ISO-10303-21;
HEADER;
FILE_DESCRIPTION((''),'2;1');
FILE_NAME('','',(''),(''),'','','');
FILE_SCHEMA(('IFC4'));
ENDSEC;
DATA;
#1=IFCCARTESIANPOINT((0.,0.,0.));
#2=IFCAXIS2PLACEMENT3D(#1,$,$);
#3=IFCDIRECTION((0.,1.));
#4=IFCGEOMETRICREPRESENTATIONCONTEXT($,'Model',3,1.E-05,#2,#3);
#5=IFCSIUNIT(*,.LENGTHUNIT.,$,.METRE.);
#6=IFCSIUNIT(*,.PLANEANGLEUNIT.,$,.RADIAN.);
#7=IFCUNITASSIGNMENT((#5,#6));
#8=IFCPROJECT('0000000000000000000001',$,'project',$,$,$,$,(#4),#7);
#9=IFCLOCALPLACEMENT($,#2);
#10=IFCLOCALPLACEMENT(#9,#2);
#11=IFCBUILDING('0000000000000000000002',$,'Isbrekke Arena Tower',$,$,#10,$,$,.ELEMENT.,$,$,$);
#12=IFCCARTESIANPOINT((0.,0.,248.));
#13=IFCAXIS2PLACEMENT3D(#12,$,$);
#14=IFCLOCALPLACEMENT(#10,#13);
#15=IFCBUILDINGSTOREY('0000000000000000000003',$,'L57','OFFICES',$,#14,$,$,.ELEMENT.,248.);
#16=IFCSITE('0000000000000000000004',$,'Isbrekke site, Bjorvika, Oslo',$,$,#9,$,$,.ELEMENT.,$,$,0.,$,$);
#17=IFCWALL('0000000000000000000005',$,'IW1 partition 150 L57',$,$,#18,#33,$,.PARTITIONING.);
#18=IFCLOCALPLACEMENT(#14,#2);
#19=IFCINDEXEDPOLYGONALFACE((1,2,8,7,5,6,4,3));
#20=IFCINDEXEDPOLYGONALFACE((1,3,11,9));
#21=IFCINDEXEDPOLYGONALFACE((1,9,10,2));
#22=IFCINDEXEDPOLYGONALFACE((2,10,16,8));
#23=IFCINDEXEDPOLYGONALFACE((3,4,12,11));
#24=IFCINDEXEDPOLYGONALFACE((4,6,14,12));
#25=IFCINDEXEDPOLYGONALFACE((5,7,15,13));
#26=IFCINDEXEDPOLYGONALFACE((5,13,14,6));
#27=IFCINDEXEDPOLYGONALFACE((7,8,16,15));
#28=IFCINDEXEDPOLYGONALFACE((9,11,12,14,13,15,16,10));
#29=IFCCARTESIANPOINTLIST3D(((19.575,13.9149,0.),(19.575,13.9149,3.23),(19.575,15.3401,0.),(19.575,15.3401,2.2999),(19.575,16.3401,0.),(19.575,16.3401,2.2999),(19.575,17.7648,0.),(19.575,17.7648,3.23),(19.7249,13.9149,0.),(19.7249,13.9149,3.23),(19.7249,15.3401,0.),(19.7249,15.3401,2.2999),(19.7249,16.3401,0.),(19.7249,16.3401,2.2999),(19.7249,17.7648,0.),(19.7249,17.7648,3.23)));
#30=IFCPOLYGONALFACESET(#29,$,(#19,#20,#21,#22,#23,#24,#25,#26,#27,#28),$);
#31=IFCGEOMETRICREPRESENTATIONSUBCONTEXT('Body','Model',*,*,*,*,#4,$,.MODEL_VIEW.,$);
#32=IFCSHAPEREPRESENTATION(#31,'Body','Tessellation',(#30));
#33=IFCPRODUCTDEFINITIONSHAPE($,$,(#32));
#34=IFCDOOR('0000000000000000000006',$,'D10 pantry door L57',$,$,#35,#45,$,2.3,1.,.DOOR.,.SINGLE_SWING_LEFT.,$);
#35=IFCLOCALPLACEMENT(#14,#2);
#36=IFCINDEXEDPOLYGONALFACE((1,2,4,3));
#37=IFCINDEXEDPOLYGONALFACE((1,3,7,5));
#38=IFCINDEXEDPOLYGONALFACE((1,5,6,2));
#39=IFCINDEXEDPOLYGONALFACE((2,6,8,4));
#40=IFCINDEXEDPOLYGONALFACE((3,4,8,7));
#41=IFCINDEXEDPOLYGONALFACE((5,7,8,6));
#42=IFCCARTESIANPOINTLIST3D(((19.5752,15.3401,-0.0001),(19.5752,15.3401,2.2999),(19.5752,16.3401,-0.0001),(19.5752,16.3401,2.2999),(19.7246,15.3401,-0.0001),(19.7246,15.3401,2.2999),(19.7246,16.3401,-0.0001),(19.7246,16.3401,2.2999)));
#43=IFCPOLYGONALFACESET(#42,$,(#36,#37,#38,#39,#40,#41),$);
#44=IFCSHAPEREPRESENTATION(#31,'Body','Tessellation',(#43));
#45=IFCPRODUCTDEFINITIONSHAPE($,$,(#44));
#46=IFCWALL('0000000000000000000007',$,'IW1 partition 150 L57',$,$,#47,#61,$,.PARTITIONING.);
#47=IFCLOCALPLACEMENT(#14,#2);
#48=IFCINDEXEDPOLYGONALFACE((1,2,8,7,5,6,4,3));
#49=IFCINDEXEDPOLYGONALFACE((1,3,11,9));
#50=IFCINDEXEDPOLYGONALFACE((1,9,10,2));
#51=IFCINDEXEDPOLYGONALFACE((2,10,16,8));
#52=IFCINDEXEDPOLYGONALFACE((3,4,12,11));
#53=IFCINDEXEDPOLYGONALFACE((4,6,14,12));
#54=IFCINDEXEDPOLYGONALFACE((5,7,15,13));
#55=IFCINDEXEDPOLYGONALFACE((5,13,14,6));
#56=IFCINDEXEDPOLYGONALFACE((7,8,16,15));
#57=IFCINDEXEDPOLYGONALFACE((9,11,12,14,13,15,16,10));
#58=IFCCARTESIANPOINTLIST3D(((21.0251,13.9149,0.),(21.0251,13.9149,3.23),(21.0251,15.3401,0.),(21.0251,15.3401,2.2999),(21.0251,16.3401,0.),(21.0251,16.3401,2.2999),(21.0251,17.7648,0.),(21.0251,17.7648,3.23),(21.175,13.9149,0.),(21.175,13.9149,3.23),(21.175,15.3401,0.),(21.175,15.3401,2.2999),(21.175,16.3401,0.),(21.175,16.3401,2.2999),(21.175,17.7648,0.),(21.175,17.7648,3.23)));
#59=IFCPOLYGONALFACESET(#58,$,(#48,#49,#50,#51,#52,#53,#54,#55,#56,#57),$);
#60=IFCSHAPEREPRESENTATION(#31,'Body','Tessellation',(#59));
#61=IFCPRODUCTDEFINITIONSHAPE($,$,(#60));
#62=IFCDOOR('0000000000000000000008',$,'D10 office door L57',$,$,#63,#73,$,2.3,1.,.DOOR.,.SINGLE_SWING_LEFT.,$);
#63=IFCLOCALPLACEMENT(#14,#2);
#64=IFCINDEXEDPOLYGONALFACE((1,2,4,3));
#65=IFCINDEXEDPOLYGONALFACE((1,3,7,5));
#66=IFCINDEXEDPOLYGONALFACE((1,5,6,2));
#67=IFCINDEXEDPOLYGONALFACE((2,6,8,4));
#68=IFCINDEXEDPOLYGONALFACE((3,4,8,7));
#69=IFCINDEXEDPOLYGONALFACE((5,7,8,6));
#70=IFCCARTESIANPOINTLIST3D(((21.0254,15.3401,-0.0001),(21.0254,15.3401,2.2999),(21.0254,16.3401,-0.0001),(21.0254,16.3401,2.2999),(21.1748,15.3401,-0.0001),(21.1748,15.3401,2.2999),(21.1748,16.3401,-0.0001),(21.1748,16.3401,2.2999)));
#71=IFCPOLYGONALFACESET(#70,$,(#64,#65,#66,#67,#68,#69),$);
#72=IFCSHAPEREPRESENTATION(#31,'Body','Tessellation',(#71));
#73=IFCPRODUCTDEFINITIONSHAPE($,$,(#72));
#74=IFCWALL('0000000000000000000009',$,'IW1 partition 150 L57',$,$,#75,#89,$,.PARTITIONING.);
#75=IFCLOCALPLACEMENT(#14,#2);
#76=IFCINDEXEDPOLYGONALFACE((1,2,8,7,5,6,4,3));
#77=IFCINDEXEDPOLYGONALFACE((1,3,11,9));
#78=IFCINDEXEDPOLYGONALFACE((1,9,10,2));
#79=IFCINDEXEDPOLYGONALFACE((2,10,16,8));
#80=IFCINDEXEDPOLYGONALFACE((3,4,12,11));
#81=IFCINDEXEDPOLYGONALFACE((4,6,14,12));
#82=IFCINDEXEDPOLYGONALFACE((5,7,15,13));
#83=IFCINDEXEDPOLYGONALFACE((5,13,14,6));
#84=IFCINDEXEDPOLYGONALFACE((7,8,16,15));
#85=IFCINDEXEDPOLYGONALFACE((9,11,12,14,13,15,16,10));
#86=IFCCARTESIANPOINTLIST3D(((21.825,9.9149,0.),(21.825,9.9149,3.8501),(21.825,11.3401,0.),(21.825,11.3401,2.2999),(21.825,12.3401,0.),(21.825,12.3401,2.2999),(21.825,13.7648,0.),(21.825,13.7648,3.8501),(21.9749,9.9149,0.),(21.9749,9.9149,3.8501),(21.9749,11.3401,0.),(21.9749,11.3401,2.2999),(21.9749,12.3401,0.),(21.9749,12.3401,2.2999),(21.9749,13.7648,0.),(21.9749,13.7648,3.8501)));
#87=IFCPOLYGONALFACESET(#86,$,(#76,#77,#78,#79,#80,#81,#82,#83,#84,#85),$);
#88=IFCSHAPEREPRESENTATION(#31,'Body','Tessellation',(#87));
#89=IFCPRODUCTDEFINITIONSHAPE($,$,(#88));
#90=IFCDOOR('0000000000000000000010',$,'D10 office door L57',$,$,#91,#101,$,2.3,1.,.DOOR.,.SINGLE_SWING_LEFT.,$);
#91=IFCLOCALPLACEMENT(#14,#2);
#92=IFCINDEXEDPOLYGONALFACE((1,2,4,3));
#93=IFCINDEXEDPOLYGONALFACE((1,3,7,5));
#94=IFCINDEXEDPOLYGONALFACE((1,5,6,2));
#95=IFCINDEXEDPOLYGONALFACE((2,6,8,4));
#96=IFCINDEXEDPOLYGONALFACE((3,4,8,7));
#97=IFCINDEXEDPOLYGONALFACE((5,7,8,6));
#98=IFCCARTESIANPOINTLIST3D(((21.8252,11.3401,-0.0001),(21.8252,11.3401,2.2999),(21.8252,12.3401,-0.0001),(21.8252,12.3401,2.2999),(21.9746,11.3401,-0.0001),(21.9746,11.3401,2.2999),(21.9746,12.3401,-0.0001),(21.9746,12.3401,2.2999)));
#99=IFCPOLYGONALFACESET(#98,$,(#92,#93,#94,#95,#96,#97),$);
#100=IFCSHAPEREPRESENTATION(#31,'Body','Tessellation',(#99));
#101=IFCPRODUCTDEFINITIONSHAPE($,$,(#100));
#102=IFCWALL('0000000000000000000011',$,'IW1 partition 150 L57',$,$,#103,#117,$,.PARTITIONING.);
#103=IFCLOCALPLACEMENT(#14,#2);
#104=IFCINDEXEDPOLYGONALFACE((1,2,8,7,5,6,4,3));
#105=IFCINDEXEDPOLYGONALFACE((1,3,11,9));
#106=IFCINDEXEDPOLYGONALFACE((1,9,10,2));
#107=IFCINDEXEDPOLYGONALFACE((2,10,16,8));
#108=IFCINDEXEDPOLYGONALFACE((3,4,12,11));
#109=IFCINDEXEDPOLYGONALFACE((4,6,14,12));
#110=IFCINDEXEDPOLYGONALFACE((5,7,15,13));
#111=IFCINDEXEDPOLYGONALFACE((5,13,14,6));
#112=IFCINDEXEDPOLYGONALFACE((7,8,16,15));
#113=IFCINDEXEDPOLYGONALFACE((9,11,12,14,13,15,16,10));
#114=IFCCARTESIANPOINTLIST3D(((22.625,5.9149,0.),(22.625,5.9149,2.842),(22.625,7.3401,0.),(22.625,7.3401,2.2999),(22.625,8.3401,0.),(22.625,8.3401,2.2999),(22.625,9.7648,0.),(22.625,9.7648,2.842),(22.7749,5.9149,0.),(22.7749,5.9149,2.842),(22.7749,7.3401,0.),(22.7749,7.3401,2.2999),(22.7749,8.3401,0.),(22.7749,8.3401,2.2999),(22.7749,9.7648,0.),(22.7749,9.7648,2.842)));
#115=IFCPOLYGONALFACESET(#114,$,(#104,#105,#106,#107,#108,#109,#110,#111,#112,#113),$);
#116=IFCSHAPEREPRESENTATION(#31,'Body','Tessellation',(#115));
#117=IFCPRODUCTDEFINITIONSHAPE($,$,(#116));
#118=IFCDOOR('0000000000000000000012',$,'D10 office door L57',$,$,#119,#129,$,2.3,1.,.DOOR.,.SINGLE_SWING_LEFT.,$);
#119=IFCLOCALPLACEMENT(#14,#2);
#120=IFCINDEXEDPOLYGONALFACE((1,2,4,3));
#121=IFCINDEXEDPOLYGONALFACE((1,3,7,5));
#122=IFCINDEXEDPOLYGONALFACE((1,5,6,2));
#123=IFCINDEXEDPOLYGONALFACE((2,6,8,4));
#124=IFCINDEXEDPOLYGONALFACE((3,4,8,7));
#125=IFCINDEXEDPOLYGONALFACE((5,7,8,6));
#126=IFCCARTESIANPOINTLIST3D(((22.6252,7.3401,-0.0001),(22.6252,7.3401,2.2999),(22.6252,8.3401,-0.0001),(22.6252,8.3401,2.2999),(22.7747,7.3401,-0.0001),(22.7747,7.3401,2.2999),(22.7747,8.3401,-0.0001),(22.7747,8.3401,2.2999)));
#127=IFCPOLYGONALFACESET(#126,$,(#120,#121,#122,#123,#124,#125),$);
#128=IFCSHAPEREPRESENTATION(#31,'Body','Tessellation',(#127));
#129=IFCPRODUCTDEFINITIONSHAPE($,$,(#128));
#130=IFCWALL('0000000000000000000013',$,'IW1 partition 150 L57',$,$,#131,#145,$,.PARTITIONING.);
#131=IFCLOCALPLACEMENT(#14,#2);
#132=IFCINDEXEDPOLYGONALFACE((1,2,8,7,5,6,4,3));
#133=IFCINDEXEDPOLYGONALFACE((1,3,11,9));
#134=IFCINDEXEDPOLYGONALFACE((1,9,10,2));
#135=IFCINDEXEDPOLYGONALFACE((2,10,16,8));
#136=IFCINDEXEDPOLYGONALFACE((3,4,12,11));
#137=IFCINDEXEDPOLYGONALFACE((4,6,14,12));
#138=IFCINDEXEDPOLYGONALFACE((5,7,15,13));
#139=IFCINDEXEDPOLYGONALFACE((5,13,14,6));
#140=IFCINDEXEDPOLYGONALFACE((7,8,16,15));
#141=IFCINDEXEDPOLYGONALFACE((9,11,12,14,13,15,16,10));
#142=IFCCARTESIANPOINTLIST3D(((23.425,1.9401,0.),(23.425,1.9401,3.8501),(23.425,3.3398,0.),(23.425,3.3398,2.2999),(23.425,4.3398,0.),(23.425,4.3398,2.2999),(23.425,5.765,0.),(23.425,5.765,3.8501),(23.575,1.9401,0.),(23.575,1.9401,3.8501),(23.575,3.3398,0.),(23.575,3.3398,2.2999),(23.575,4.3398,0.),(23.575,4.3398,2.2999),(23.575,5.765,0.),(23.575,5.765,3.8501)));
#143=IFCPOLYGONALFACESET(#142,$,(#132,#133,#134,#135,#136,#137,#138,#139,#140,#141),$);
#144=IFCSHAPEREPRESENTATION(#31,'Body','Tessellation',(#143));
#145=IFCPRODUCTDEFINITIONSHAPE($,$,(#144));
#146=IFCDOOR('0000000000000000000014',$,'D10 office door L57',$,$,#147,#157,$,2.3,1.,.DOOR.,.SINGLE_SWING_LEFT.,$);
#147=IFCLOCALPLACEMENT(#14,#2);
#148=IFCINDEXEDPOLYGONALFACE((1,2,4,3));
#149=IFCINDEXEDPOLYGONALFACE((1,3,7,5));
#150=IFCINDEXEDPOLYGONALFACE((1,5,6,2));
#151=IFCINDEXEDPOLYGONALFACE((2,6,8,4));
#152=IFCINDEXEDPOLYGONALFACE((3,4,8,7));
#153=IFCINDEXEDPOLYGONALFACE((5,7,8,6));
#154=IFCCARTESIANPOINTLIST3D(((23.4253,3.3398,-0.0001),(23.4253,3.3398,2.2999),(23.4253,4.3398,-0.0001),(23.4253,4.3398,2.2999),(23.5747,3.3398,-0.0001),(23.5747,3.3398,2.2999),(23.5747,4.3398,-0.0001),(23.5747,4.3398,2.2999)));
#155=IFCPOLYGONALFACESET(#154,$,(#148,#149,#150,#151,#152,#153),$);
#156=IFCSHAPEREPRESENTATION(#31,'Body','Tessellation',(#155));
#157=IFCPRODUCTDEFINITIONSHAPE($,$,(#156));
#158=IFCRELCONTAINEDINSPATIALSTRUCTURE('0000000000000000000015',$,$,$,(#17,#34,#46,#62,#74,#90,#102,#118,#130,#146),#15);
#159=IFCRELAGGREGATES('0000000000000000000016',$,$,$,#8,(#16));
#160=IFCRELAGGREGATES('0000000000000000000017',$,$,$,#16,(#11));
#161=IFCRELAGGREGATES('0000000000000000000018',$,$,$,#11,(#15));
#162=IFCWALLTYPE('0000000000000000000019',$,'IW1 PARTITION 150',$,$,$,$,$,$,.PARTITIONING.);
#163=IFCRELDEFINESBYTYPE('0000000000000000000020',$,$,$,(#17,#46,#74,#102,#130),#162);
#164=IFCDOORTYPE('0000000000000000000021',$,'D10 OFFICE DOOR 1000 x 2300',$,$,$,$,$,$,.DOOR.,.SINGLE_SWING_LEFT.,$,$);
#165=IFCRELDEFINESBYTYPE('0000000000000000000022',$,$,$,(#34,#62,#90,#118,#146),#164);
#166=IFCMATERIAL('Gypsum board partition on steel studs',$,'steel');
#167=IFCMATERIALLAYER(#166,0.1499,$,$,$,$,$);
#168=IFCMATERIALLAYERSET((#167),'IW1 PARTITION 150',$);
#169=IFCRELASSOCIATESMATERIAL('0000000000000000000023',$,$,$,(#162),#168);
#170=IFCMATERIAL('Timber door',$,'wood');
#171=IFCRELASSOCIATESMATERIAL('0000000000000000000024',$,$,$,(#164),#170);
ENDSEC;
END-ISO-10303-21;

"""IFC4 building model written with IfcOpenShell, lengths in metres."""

from ifc_helpers import new_model, si_unit, direction, frame, frame_2d, origin, place, context, subcontext, project, spatial, rectangle, extrude, material, layer, layer_set, type_object, element, fill, save


model = new_model("IFC4")

# Units and contexts
model_context = context("Model", 3, precision=1e-05, world=origin(), true_north=direction((0.0, 1.0)))
body_context = subcontext(model_context, "Body", "Model", "MODEL_VIEW")
ifc_project = project(units=[si_unit("LENGTHUNIT", "METRE"), si_unit("PLANEANGLEUNIT", "RADIAN")], contexts=[model_context])

# Site, building, storey
site_placement = place(None, origin())
site = spatial("IfcSite", under=ifc_project, at=site_placement, Name="Isbrekke site, Bjorvika, Oslo", CompositionType="ELEMENT", RefElevation=0.0)
building_placement = place(site_placement, origin())
building = spatial("IfcBuilding", under=site, at=building_placement, Name="Isbrekke Arena Tower", CompositionType="ELEMENT")
storey_placement = place(building_placement, frame((0.0, 0.0, 248.0)))
storey = spatial("IfcBuildingStorey", under=building, at=storey_placement, Name="L57", Description="OFFICES", CompositionType="ELEMENT", Elevation=248.0)

# Shared definitions
ifc_material_1 = material(Name="Gypsum board partition on steel studs", Category="steel")
ifc_layer_1 = layer(ifc_material_1, 0.1499)
ifc_layer_set_1 = layer_set([ifc_layer_1], Name="IW1 PARTITION 150")
wall_type = type_object("IfcWallType", Name="IW1 PARTITION 150", PredefinedType="PARTITIONING", material=ifc_layer_set_1)

# Walls, openings, doors
wall_1_placement = place(storey_placement, frame((19.6499, 13.915, 0.0), z_axis=(0.0, 0.0, 1.0), x_axis=(0.0, 1.0, 0.0)))
wall_1 = element("IfcWall", 1, at=wall_1_placement, inside=storey, type_object=wall_type, Name="IW1 partition 150 L57", PredefinedType="PARTITIONING", context=body_context, shape_type="SweptSolid", body=[
    extrude(rectangle(XDim=3.8499, YDim=0.1499, at=frame_2d((1.9248, 0.0))), origin(), (0.0, 0.0, 1.0), 3.23),
])
opening_1_placement = place(wall_1_placement, frame((1.425, 0.0, 0.0)))
opening_1 = element("IfcOpeningElement", 2, at=opening_1_placement, cuts=wall_1, PredefinedType="OPENING", context=body_context, shape_type="SweptSolid", body=[
    extrude(rectangle(XDim=1.0, YDim=2.3, at=frame_2d((0.5, 1.1499))), frame((0.0, 0.0898, 0.0), z_axis=(0.0, -1.0, 0.0), x_axis=(1.0, 0.0, 0.0)), (0.0, 0.0, 1.0), 0.1797),
])
ifc_material_2 = material(Name="Timber door", Category="wood")
door_type = type_object("IfcDoorType", Name="D10 OFFICE DOOR 1000 x 2300", OperationType="SINGLE_SWING_LEFT", PredefinedType="DOOR", material=ifc_material_2)
door_1_placement = place(opening_1_placement, origin())
door_1 = element("IfcDoor", 3, at=door_1_placement, inside=storey, type_object=door_type, Name="D10 pantry door L57", OperationType="SINGLE_SWING_LEFT", OverallHeight=2.3, OverallWidth=1.0, PredefinedType="DOOR", context=body_context, shape_type="SweptSolid", body=[
    extrude(rectangle(XDim=1.0, YDim=2.3, at=frame_2d((0.5, 1.1499))), frame((0.0, 0.0747, 0.0), z_axis=(0.0, -1.0, 0.0), x_axis=(1.0, 0.0, 0.0)), (0.0, 0.0, 1.0), 0.1494),
])
fill(opening_1, door_1)
wall_2_placement = place(storey_placement, frame((21.1001, 13.915, 0.0), z_axis=(0.0, 0.0, 1.0), x_axis=(0.0, 1.0, 0.0)))
wall_2 = element("IfcWall", 4, at=wall_2_placement, inside=storey, type_object=wall_type, Name="IW1 partition 150 L57", PredefinedType="PARTITIONING", context=body_context, shape_type="SweptSolid", body=[
    extrude(rectangle(XDim=3.8499, YDim=0.1499, at=frame_2d((1.9248, 0.0))), origin(), (0.0, 0.0, 1.0), 3.23),
])
opening_2_placement = place(wall_2_placement, frame((1.425, 0.0, 0.0)))
opening_2 = element("IfcOpeningElement", 5, at=opening_2_placement, cuts=wall_2, PredefinedType="OPENING", context=body_context, shape_type="SweptSolid", body=[
    extrude(rectangle(XDim=1.0, YDim=2.3, at=frame_2d((0.5, 1.1499))), frame((0.0, 0.0898, 0.0), z_axis=(0.0, -1.0, 0.0), x_axis=(1.0, 0.0, 0.0)), (0.0, 0.0, 1.0), 0.1797),
])
door_2_placement = place(opening_2_placement, origin())
door_2 = element("IfcDoor", 6, at=door_2_placement, inside=storey, type_object=door_type, Name="D10 office door L57", OperationType="SINGLE_SWING_LEFT", OverallHeight=2.3, OverallWidth=1.0, PredefinedType="DOOR", context=body_context, shape_type="SweptSolid", body=[
    extrude(rectangle(XDim=1.0, YDim=2.3, at=frame_2d((0.5, 1.1499))), frame((0.0, 0.0747, 0.0), z_axis=(0.0, -1.0, 0.0), x_axis=(1.0, 0.0, 0.0)), (0.0, 0.0, 1.0), 0.1494),
])
fill(opening_2, door_2)
wall_3_placement = place(storey_placement, frame((21.8999, 9.915, 0.0), z_axis=(0.0, 0.0, 1.0), x_axis=(0.0, 1.0, 0.0)))
wall_3 = element("IfcWall", 7, at=wall_3_placement, inside=storey, type_object=wall_type, Name="IW1 partition 150 L57", PredefinedType="PARTITIONING", context=body_context, shape_type="SweptSolid", body=[
    extrude(rectangle(XDim=3.8499, YDim=0.1499, at=frame_2d((1.9248, 0.0))), origin(), (0.0, 0.0, 1.0), 3.8501),
])
opening_3_placement = place(wall_3_placement, frame((1.425, 0.0, 0.0)))
opening_3 = element("IfcOpeningElement", 8, at=opening_3_placement, cuts=wall_3, PredefinedType="OPENING", context=body_context, shape_type="SweptSolid", body=[
    extrude(rectangle(XDim=1.0, YDim=2.3, at=frame_2d((0.5, 1.1499))), frame((0.0, 0.0898, 0.0), z_axis=(0.0, -1.0, 0.0), x_axis=(1.0, 0.0, 0.0)), (0.0, 0.0, 1.0), 0.1797),
])
door_3_placement = place(opening_3_placement, origin())
door_3 = element("IfcDoor", 9, at=door_3_placement, inside=storey, type_object=door_type, Name="D10 office door L57", OperationType="SINGLE_SWING_LEFT", OverallHeight=2.3, OverallWidth=1.0, PredefinedType="DOOR", context=body_context, shape_type="SweptSolid", body=[
    extrude(rectangle(XDim=1.0, YDim=2.3, at=frame_2d((0.5, 1.1499))), frame((0.0, 0.0747, 0.0), z_axis=(0.0, -1.0, 0.0), x_axis=(1.0, 0.0, 0.0)), (0.0, 0.0, 1.0), 0.1494),
])
fill(opening_3, door_3)
wall_4_placement = place(storey_placement, frame((22.7, 5.915, 0.0), z_axis=(0.0, 0.0, 1.0), x_axis=(0.0, 1.0, 0.0)))
wall_4 = element("IfcWall", 10, at=wall_4_placement, inside=storey, type_object=wall_type, Name="IW1 partition 150 L57", PredefinedType="PARTITIONING", context=body_context, shape_type="SweptSolid", body=[
    extrude(rectangle(XDim=3.8499, YDim=0.1499, at=frame_2d((1.9248, 0.0))), origin(), (0.0, 0.0, 1.0), 2.842),
])
opening_4_placement = place(wall_4_placement, frame((1.425, 0.0, 0.0)))
opening_4 = element("IfcOpeningElement", 11, at=opening_4_placement, cuts=wall_4, PredefinedType="OPENING", context=body_context, shape_type="SweptSolid", body=[
    extrude(rectangle(XDim=1.0, YDim=2.3, at=frame_2d((0.5, 1.1499))), frame((0.0, 0.0898, 0.0), z_axis=(0.0, -1.0, 0.0), x_axis=(1.0, 0.0, 0.0)), (0.0, 0.0, 1.0), 0.1797),
])
door_4_placement = place(opening_4_placement, origin())
door_4 = element("IfcDoor", 12, at=door_4_placement, inside=storey, type_object=door_type, Name="D10 office door L57", OperationType="SINGLE_SWING_LEFT", OverallHeight=2.3, OverallWidth=1.0, PredefinedType="DOOR", context=body_context, shape_type="SweptSolid", body=[
    extrude(rectangle(XDim=1.0, YDim=2.3, at=frame_2d((0.5, 1.1499))), frame((0.0, 0.0747, 0.0), z_axis=(0.0, -1.0, 0.0), x_axis=(1.0, 0.0, 0.0)), (0.0, 0.0, 1.0), 0.1494),
])
fill(opening_4, door_4)
wall_5_placement = place(storey_placement, frame((23.5, 1.9399, 0.0), z_axis=(0.0, 0.0, 1.0), x_axis=(0.0, 1.0, 0.0)))
wall_5 = element("IfcWall", 13, at=wall_5_placement, inside=storey, type_object=wall_type, Name="IW1 partition 150 L57", PredefinedType="PARTITIONING", context=body_context, shape_type="SweptSolid", body=[
    extrude(rectangle(XDim=3.825, YDim=0.1499, at=frame_2d((1.9126, 0.0))), origin(), (0.0, 0.0, 1.0), 3.8501),
])
opening_5_placement = place(wall_5_placement, frame((1.3999, 0.0, 0.0)))
opening_5 = element("IfcOpeningElement", 14, at=opening_5_placement, cuts=wall_5, PredefinedType="OPENING", context=body_context, shape_type="SweptSolid", body=[
    extrude(rectangle(XDim=1.0, YDim=2.3, at=frame_2d((0.5, 1.1499))), frame((0.0, 0.0898, 0.0), z_axis=(0.0, -1.0, 0.0), x_axis=(1.0, 0.0, 0.0)), (0.0, 0.0, 1.0), 0.1797),
])
door_5_placement = place(opening_5_placement, origin())
door_5 = element("IfcDoor", 15, at=door_5_placement, inside=storey, type_object=door_type, Name="D10 office door L57", OperationType="SINGLE_SWING_LEFT", OverallHeight=2.3, OverallWidth=1.0, PredefinedType="DOOR", context=body_context, shape_type="SweptSolid", body=[
    extrude(rectangle(XDim=1.0, YDim=2.3, at=frame_2d((0.5, 1.1499))), frame((0.0, 0.0747, 0.0), z_axis=(0.0, -1.0, 0.0), x_axis=(1.0, 0.0, 0.0)), (0.0, 0.0, 1.0), 0.1494),
])
fill(opening_5, door_5)

save(model, "model.ifc")
